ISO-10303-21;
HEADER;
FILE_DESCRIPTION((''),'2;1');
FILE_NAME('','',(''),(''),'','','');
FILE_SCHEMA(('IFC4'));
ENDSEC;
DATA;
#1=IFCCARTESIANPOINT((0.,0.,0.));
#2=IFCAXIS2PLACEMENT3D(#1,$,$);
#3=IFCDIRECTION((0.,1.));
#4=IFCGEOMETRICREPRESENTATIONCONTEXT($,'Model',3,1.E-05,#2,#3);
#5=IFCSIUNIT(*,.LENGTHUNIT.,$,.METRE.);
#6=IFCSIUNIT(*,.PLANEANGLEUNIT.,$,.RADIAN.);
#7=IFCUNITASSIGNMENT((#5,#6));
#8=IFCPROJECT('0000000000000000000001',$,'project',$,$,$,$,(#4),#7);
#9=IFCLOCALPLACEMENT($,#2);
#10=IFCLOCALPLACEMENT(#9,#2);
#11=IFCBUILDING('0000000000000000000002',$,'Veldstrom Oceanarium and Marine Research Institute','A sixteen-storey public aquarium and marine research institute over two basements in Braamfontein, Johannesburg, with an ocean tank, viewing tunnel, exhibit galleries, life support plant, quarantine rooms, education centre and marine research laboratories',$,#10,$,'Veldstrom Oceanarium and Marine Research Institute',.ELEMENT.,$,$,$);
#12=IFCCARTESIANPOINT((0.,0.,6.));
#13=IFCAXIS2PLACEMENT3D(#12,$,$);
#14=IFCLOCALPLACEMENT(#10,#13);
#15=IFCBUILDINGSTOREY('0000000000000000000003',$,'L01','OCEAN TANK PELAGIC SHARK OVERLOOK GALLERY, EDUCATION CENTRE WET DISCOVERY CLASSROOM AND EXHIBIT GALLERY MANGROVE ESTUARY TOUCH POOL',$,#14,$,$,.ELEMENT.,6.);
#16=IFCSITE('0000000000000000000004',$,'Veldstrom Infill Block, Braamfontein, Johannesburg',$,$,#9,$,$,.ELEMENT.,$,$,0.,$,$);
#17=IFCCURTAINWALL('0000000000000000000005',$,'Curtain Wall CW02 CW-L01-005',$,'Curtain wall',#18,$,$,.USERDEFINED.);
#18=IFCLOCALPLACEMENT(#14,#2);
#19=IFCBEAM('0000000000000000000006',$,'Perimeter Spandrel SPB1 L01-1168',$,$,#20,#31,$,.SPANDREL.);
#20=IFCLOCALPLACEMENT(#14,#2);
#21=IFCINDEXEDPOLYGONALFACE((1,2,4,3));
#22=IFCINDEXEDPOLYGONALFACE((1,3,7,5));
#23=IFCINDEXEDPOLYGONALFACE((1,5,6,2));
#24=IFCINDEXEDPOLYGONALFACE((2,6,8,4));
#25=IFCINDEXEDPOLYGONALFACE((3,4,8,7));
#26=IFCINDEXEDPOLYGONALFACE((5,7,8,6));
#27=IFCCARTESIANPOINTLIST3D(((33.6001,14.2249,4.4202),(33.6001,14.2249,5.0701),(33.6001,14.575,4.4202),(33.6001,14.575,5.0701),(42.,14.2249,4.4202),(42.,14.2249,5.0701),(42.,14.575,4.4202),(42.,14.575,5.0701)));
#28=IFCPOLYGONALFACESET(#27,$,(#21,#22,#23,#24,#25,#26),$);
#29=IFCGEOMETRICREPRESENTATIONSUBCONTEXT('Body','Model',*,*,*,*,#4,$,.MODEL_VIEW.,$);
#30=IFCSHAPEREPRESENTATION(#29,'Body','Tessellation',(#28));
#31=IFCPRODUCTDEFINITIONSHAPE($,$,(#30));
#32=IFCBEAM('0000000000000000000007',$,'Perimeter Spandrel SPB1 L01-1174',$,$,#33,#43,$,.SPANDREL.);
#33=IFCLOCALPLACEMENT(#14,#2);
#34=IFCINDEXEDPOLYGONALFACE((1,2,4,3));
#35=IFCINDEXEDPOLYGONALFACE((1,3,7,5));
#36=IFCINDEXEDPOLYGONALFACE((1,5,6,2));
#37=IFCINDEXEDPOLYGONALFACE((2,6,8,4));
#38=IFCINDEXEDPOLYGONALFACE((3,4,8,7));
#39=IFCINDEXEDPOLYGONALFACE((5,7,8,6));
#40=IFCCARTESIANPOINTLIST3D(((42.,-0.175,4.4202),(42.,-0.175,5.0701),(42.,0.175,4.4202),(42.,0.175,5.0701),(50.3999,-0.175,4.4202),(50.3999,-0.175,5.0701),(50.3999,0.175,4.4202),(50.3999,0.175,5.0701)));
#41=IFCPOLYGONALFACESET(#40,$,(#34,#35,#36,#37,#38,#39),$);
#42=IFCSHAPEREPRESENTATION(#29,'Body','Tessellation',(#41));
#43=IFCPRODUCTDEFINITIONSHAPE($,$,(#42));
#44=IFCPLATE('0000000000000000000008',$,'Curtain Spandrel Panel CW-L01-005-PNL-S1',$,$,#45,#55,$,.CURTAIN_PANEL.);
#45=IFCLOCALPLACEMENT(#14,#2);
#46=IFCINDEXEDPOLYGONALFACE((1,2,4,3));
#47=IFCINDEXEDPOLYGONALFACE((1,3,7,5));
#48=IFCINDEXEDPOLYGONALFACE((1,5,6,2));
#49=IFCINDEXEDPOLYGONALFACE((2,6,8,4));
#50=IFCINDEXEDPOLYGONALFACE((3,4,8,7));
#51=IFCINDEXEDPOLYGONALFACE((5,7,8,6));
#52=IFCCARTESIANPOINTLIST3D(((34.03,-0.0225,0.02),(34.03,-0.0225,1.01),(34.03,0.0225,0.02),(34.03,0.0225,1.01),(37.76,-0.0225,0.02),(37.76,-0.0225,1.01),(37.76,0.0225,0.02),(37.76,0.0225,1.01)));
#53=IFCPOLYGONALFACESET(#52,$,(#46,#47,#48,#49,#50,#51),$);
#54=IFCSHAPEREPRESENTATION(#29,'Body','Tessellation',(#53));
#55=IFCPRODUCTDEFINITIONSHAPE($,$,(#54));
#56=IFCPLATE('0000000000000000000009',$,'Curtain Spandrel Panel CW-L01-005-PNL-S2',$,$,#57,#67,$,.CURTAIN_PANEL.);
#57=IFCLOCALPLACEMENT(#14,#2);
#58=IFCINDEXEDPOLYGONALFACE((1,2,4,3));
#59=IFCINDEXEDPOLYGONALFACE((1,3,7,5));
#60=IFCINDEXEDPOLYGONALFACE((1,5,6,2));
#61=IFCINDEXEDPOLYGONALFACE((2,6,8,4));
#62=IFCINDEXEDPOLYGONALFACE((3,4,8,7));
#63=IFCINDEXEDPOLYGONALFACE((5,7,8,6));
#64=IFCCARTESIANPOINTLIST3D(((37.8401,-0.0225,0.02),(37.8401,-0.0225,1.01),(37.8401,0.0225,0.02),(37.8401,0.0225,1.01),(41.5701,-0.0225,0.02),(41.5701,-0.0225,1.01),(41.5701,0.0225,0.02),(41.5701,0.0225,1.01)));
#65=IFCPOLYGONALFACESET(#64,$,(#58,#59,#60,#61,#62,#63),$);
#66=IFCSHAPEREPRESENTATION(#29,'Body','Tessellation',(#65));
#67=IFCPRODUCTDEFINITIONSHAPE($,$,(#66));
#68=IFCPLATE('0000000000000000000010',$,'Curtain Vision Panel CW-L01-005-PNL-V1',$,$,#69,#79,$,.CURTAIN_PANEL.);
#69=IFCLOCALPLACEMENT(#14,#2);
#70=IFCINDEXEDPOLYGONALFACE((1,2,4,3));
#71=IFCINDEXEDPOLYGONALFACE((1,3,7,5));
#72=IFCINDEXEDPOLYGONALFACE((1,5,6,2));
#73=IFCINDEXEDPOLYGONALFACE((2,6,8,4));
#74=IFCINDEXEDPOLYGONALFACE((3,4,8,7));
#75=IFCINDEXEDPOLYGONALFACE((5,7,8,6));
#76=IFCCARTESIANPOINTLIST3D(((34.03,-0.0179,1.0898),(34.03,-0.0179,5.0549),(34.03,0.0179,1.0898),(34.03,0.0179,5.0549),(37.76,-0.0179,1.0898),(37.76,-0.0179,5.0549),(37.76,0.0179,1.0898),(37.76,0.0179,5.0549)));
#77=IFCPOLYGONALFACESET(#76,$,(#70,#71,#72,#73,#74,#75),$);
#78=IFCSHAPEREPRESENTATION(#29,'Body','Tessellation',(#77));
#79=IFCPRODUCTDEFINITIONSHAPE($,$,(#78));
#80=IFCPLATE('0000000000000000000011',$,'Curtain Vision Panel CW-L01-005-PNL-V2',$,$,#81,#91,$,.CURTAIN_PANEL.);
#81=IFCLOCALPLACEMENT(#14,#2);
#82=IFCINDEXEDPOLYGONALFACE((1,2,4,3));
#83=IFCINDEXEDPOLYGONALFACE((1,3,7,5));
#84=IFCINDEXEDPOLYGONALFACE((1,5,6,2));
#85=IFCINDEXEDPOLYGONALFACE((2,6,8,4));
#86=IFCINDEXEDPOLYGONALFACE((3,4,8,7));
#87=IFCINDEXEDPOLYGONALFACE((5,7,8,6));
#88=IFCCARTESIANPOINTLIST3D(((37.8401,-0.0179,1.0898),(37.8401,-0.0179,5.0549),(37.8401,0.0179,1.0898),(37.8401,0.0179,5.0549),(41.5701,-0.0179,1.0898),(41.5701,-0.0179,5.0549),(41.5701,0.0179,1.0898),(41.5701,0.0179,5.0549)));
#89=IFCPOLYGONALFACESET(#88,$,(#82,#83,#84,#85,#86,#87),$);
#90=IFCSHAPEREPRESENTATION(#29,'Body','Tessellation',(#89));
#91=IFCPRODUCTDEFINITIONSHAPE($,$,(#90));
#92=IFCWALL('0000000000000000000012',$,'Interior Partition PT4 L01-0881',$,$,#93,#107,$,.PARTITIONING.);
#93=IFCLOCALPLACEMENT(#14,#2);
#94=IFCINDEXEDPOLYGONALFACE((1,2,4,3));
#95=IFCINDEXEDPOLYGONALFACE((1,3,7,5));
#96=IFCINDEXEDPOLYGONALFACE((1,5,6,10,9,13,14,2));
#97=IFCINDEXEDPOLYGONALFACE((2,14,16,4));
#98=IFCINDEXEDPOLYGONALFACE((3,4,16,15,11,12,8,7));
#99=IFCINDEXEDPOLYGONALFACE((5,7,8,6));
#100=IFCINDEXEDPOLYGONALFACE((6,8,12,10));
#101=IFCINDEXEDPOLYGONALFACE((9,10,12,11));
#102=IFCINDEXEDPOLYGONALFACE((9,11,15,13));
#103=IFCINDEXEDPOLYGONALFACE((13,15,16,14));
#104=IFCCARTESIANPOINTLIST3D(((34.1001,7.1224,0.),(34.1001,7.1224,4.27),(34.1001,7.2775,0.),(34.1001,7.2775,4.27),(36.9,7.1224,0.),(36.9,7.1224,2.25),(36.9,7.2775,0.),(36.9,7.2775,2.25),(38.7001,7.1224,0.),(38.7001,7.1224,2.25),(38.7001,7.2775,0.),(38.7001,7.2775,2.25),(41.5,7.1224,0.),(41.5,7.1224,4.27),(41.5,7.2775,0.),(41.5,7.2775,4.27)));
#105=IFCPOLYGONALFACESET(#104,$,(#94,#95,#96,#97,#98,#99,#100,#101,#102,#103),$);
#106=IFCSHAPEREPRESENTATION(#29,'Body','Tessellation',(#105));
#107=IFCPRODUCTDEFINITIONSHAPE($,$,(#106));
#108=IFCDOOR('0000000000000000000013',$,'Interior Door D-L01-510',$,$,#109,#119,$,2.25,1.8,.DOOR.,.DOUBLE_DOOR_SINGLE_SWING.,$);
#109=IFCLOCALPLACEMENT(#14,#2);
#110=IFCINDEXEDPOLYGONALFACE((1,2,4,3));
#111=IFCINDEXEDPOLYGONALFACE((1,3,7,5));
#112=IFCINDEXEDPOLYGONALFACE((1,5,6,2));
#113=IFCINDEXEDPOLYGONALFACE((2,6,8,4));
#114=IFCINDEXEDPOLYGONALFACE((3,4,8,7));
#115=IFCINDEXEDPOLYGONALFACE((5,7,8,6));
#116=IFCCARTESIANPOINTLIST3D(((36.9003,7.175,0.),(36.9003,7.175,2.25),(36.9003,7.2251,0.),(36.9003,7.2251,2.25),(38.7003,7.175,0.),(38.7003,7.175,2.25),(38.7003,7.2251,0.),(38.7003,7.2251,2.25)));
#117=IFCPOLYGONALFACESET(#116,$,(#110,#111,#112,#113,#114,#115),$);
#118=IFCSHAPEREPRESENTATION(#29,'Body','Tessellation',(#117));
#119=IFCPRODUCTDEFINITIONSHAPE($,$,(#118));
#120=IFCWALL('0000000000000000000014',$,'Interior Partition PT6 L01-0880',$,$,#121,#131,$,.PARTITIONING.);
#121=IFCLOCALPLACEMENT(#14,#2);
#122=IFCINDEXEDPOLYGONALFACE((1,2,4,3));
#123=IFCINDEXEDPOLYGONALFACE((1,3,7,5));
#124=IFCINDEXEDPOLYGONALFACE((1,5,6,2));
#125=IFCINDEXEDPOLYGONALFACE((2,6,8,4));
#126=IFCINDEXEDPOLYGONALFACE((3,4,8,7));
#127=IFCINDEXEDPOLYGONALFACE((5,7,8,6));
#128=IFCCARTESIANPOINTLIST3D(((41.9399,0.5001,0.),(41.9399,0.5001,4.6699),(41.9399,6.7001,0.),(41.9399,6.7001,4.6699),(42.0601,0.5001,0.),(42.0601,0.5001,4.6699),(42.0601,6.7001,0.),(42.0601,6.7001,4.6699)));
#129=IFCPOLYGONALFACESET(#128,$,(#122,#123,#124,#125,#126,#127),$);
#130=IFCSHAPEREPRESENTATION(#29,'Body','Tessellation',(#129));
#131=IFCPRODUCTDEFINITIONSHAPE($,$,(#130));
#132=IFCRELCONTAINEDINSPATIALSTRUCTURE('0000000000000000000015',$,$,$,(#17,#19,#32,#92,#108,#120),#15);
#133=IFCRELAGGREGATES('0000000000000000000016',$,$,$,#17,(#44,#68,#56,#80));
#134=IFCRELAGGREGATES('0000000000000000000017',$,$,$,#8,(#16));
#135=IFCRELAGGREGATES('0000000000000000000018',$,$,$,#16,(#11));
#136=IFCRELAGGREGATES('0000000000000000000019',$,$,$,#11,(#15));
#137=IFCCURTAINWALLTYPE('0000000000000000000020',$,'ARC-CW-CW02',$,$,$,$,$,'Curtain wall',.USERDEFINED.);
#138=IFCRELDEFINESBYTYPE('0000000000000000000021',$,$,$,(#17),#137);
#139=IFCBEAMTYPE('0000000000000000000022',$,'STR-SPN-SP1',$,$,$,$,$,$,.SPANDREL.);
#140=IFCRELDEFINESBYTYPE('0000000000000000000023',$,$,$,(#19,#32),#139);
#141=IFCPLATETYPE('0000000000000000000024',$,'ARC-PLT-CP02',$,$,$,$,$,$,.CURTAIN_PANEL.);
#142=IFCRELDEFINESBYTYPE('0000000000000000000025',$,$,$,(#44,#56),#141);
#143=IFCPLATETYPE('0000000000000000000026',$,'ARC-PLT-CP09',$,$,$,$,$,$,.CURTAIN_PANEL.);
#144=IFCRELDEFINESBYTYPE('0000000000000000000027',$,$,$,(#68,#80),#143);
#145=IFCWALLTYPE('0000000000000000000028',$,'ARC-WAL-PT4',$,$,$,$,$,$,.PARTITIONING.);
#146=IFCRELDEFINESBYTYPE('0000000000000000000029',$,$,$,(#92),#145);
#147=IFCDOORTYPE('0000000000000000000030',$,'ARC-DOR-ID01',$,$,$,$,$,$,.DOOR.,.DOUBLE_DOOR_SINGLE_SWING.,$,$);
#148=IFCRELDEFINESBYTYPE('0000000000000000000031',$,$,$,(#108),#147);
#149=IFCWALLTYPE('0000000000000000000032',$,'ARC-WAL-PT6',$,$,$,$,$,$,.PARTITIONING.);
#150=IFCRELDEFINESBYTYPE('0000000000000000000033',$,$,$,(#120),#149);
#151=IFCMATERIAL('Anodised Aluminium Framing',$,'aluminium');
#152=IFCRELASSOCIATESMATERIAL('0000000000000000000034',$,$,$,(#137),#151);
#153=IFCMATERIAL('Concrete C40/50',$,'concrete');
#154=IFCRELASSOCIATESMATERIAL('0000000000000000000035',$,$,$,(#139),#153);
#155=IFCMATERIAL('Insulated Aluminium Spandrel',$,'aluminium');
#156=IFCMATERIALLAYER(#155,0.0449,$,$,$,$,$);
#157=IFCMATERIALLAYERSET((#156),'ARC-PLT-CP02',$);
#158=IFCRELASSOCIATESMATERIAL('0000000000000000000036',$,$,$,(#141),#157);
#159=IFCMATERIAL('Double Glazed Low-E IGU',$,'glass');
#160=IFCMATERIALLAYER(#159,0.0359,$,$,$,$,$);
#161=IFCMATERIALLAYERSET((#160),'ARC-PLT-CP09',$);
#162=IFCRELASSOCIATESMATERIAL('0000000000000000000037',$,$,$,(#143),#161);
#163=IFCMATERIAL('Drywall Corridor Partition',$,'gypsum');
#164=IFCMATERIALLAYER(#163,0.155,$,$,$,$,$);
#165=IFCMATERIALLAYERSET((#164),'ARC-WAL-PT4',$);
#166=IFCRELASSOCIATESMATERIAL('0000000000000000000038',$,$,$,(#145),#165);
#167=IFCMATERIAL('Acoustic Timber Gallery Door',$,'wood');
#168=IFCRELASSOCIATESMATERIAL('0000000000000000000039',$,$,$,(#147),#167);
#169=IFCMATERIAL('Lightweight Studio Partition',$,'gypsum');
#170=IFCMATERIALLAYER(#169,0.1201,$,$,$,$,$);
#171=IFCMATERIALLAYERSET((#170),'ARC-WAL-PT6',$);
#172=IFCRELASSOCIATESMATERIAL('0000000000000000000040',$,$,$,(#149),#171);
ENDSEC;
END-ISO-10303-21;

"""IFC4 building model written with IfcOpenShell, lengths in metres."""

from ifc_helpers import new_model, si_unit, direction, frame, frame_2d, origin, origin_2d, place, context, subcontext, project, spatial, rectangle, extrude, material, layer, layer_set, material_profile, profile_set, type_object, element, fill, aggregate, save


model = new_model("IFC4")

# Units and contexts
model_context = context("Model", 3, precision=1e-05, world=origin(), true_north=direction((0.0, 1.0)))
body_context = subcontext(model_context, "Body", "Model", "MODEL_VIEW")
ifc_project = project(units=[si_unit("LENGTHUNIT", "METRE"), si_unit("PLANEANGLEUNIT", "RADIAN")], contexts=[model_context])

# Site, building, storey
site_placement = place(None, origin())
site = spatial("IfcSite", under=ifc_project, at=site_placement, Name="Veldstrom Infill Block, Braamfontein, Johannesburg", CompositionType="ELEMENT", RefElevation=0.0)
building_placement = place(site_placement, origin())
building = spatial("IfcBuilding", under=site, at=building_placement, Name="Veldstrom Oceanarium and Marine Research Institute", Description="A sixteen-storey public aquarium and marine research institute over two basements in Braamfontein, Johannesburg, with an ocean tank, viewing tunnel, exhibit galleries, life support plant, quarantine rooms, education centre and marine research laboratories", LongName="Veldstrom Oceanarium and Marine Research Institute", CompositionType="ELEMENT")
storey_placement = place(building_placement, frame((0.0, 0.0, 6.0)))
storey = spatial("IfcBuildingStorey", under=building, at=storey_placement, Name="L01", Description="OCEAN TANK PELAGIC SHARK OVERLOOK GALLERY, EDUCATION CENTRE WET DISCOVERY CLASSROOM AND EXHIBIT GALLERY MANGROVE ESTUARY TOUCH POOL", CompositionType="ELEMENT", Elevation=6.0)

# Curtain wall
ifc_material_1 = material(Name="Anodised Aluminium Framing", Category="aluminium")
curtain_wall_type = type_object("IfcCurtainWallType", Name="ARC-CW-CW02", ElementType="Curtain wall", PredefinedType="USERDEFINED", material=ifc_material_1)
curtain_wall_placement = place(storey_placement, origin())
curtain_wall = element("IfcCurtainWall", 1, at=curtain_wall_placement, inside=storey, type_object=curtain_wall_type, Name="Curtain Wall CW02 CW-L01-005", ObjectType="Curtain wall", PredefinedType="USERDEFINED")

# Beams
ifc_material_2 = material(Name="Concrete C40/50", Category="concrete")
ifc_material_profile_1 = material_profile(ifc_material_2, rectangle(XDim=0.3501, YDim=0.6499, at=origin_2d()), Name="RC-SPN-350x650")
ifc_profile_set_1 = profile_set([ifc_material_profile_1], Name="Concrete C40/50")
beam_type_1 = type_object("IfcBeamType", Name="STR-SPN-SP1", PredefinedType="SPANDREL", material=ifc_profile_set_1)
for number, where, z_axis, x_axis, name in (
    (2, (33.6001, 14.3999, 4.7451), (1.0, 0.0, 0.0), (0.0, 1.0, 0.0), "Perimeter Spandrel SPB1 L01-1168"),
    (3, (42.0, 0.0, 4.7451), (1.0, 0.0, 0.0), (0.0, 1.0, 0.0), "Perimeter Spandrel SPB1 L01-1174"),
):
    element("IfcBeam", number, at=place(storey_placement, frame(where, z_axis=z_axis, x_axis=x_axis)), inside=storey, type_object=beam_type_1, Name=name, PredefinedType="SPANDREL", context=body_context, shape_type="SweptSolid", body=[
        extrude(rectangle(XDim=0.3501, YDim=0.6499, at=origin_2d()), origin(), (0.0, 0.0, 1.0), 8.3999),
    ])

# Plates
ifc_material_3 = material(Name="Insulated Aluminium Spandrel", Category="aluminium")
ifc_layer_1 = layer(ifc_material_3, 0.0449)
ifc_layer_set_1 = layer_set([ifc_layer_1], Name="ARC-PLT-CP02")
plate_type_1 = type_object("IfcPlateType", Name="ARC-PLT-CP02", PredefinedType="CURTAIN_PANEL", material=ifc_layer_set_1)
plate_1_placement = place(storey_placement, frame((35.895, 0.0, 0.02), z_axis=(0.0, 0.0, 1.0), x_axis=(1.0, 0.0, 0.0)))
plate_1 = element("IfcPlate", 4, at=plate_1_placement, type_object=plate_type_1, Name="Curtain Spandrel Panel CW-L01-005-PNL-S1", PredefinedType="CURTAIN_PANEL", context=body_context, shape_type="SweptSolid", body=[
    extrude(rectangle(XDim=3.73, YDim=0.0449, at=origin_2d()), origin(), (0.0, 0.0, 1.0), 0.99),
])
plate_2_placement = place(storey_placement, frame((39.7051, 0.0, 0.02), z_axis=(0.0, 0.0, 1.0), x_axis=(1.0, 0.0, 0.0)))
plate_2 = element("IfcPlate", 5, at=plate_2_placement, type_object=plate_type_1, Name="Curtain Spandrel Panel CW-L01-005-PNL-S2", PredefinedType="CURTAIN_PANEL", context=body_context, shape_type="SweptSolid", body=[
    extrude(rectangle(XDim=3.73, YDim=0.0449, at=origin_2d()), origin(), (0.0, 0.0, 1.0), 0.99),
])
ifc_material_4 = material(Name="Double Glazed Low-E IGU", Category="glass")
ifc_layer_2 = layer(ifc_material_4, 0.0359)
ifc_layer_set_2 = layer_set([ifc_layer_2], Name="ARC-PLT-CP09")
plate_type_2 = type_object("IfcPlateType", Name="ARC-PLT-CP09", PredefinedType="CURTAIN_PANEL", material=ifc_layer_set_2)
plate_3_placement = place(storey_placement, frame((35.895, 0.0, 1.0898), z_axis=(0.0, 0.0, 1.0), x_axis=(1.0, 0.0, 0.0)))
plate_3 = element("IfcPlate", 6, at=plate_3_placement, type_object=plate_type_2, Name="Curtain Vision Panel CW-L01-005-PNL-V1", PredefinedType="CURTAIN_PANEL", context=body_context, shape_type="SweptSolid", body=[
    extrude(rectangle(XDim=3.73, YDim=0.0359, at=origin_2d()), origin(), (0.0, 0.0, 1.0), 3.9651),
])
plate_4_placement = place(storey_placement, frame((39.7051, 0.0, 1.0898), z_axis=(0.0, 0.0, 1.0), x_axis=(1.0, 0.0, 0.0)))
plate_4 = element("IfcPlate", 7, at=plate_4_placement, type_object=plate_type_2, Name="Curtain Vision Panel CW-L01-005-PNL-V2", PredefinedType="CURTAIN_PANEL", context=body_context, shape_type="SweptSolid", body=[
    extrude(rectangle(XDim=3.73, YDim=0.0359, at=origin_2d()), origin(), (0.0, 0.0, 1.0), 3.9651),
])
aggregate(curtain_wall, [plate_1, plate_3, plate_2, plate_4])

# Wall, opening, door
ifc_material_5 = material(Name="Drywall Corridor Partition", Category="gypsum")
ifc_layer_3 = layer(ifc_material_5, 0.155)
ifc_layer_set_3 = layer_set([ifc_layer_3], Name="ARC-WAL-PT4")
wall_type_1 = type_object("IfcWallType", Name="ARC-WAL-PT4", PredefinedType="PARTITIONING", material=ifc_layer_set_3)
wall_1_placement = place(storey_placement, frame((34.1001, 7.2, 0.0), z_axis=(0.0, 0.0, 1.0), x_axis=(1.0, 0.0, 0.0)))
wall_1 = element("IfcWall", 8, at=wall_1_placement, inside=storey, type_object=wall_type_1, Name="Interior Partition PT4 L01-0881", PredefinedType="PARTITIONING", context=body_context, shape_type="SweptSolid", body=[
    extrude(rectangle(XDim=7.3999, YDim=0.155, at=frame_2d((3.7, 0.0))), origin(), (0.0, 0.0, 1.0), 4.27),
])
opening_placement = place(wall_1_placement, frame((2.8, 0.0, 0.0)))
opening = element("IfcOpeningElement", 9, at=opening_placement, cuts=wall_1, PredefinedType="OPENING", context=body_context, shape_type="SweptSolid", body=[
    extrude(rectangle(XDim=1.8, YDim=2.25, at=frame_2d((0.8999, 1.125))), frame((0.0, 0.0874, 0.0), z_axis=(0.0, -1.0, 0.0), x_axis=(1.0, 0.0, 0.0)), (0.0, 0.0, 1.0), 0.175),
])
ifc_material_6 = material(Name="Acoustic Timber Gallery Door", Category="wood")
door_type = type_object("IfcDoorType", Name="ARC-DOR-ID01", OperationType="DOUBLE_DOOR_SINGLE_SWING", PredefinedType="DOOR", material=ifc_material_6)
door_placement = place(opening_placement, frame((1.8, 0.0, 0.0), z_axis=(0.0, 0.0, 1.0), x_axis=(-1.0, 0.0, 0.0)))
door = element("IfcDoor", 10, at=door_placement, inside=storey, type_object=door_type, Name="Interior Door D-L01-510", OperationType="DOUBLE_DOOR_SINGLE_SWING", OverallHeight=2.25, OverallWidth=1.8, PredefinedType="DOOR", context=body_context, shape_type="SweptSolid", body=[
    extrude(rectangle(XDim=1.8, YDim=2.25, at=frame_2d((0.8999, 1.125))), frame((0.0, 0.0249, 0.0), z_axis=(0.0, -1.0, 0.0), x_axis=(1.0, 0.0, 0.0)), (0.0, 0.0, 1.0), 0.05),
])
fill(opening, door)

# Wall
ifc_material_7 = material(Name="Lightweight Studio Partition", Category="gypsum")
ifc_layer_4 = layer(ifc_material_7, 0.1201)
ifc_layer_set_4 = layer_set([ifc_layer_4], Name="ARC-WAL-PT6")
wall_type_2 = type_object("IfcWallType", Name="ARC-WAL-PT6", PredefinedType="PARTITIONING", material=ifc_layer_set_4)
wall_2_placement = place(storey_placement, frame((42.0, 0.5, 0.0), z_axis=(0.0, 0.0, 1.0), x_axis=(0.0, 1.0, 0.0)))
element("IfcWall", 11, at=wall_2_placement, inside=storey, type_object=wall_type_2, Name="Interior Partition PT6 L01-0880", PredefinedType="PARTITIONING", context=body_context, shape_type="SweptSolid", body=[
    extrude(rectangle(XDim=6.2, YDim=0.1201, at=frame_2d((3.1001, 0.0))), origin(), (0.0, 0.0, 1.0), 4.6699),
])

save(model, "model.ifc")
